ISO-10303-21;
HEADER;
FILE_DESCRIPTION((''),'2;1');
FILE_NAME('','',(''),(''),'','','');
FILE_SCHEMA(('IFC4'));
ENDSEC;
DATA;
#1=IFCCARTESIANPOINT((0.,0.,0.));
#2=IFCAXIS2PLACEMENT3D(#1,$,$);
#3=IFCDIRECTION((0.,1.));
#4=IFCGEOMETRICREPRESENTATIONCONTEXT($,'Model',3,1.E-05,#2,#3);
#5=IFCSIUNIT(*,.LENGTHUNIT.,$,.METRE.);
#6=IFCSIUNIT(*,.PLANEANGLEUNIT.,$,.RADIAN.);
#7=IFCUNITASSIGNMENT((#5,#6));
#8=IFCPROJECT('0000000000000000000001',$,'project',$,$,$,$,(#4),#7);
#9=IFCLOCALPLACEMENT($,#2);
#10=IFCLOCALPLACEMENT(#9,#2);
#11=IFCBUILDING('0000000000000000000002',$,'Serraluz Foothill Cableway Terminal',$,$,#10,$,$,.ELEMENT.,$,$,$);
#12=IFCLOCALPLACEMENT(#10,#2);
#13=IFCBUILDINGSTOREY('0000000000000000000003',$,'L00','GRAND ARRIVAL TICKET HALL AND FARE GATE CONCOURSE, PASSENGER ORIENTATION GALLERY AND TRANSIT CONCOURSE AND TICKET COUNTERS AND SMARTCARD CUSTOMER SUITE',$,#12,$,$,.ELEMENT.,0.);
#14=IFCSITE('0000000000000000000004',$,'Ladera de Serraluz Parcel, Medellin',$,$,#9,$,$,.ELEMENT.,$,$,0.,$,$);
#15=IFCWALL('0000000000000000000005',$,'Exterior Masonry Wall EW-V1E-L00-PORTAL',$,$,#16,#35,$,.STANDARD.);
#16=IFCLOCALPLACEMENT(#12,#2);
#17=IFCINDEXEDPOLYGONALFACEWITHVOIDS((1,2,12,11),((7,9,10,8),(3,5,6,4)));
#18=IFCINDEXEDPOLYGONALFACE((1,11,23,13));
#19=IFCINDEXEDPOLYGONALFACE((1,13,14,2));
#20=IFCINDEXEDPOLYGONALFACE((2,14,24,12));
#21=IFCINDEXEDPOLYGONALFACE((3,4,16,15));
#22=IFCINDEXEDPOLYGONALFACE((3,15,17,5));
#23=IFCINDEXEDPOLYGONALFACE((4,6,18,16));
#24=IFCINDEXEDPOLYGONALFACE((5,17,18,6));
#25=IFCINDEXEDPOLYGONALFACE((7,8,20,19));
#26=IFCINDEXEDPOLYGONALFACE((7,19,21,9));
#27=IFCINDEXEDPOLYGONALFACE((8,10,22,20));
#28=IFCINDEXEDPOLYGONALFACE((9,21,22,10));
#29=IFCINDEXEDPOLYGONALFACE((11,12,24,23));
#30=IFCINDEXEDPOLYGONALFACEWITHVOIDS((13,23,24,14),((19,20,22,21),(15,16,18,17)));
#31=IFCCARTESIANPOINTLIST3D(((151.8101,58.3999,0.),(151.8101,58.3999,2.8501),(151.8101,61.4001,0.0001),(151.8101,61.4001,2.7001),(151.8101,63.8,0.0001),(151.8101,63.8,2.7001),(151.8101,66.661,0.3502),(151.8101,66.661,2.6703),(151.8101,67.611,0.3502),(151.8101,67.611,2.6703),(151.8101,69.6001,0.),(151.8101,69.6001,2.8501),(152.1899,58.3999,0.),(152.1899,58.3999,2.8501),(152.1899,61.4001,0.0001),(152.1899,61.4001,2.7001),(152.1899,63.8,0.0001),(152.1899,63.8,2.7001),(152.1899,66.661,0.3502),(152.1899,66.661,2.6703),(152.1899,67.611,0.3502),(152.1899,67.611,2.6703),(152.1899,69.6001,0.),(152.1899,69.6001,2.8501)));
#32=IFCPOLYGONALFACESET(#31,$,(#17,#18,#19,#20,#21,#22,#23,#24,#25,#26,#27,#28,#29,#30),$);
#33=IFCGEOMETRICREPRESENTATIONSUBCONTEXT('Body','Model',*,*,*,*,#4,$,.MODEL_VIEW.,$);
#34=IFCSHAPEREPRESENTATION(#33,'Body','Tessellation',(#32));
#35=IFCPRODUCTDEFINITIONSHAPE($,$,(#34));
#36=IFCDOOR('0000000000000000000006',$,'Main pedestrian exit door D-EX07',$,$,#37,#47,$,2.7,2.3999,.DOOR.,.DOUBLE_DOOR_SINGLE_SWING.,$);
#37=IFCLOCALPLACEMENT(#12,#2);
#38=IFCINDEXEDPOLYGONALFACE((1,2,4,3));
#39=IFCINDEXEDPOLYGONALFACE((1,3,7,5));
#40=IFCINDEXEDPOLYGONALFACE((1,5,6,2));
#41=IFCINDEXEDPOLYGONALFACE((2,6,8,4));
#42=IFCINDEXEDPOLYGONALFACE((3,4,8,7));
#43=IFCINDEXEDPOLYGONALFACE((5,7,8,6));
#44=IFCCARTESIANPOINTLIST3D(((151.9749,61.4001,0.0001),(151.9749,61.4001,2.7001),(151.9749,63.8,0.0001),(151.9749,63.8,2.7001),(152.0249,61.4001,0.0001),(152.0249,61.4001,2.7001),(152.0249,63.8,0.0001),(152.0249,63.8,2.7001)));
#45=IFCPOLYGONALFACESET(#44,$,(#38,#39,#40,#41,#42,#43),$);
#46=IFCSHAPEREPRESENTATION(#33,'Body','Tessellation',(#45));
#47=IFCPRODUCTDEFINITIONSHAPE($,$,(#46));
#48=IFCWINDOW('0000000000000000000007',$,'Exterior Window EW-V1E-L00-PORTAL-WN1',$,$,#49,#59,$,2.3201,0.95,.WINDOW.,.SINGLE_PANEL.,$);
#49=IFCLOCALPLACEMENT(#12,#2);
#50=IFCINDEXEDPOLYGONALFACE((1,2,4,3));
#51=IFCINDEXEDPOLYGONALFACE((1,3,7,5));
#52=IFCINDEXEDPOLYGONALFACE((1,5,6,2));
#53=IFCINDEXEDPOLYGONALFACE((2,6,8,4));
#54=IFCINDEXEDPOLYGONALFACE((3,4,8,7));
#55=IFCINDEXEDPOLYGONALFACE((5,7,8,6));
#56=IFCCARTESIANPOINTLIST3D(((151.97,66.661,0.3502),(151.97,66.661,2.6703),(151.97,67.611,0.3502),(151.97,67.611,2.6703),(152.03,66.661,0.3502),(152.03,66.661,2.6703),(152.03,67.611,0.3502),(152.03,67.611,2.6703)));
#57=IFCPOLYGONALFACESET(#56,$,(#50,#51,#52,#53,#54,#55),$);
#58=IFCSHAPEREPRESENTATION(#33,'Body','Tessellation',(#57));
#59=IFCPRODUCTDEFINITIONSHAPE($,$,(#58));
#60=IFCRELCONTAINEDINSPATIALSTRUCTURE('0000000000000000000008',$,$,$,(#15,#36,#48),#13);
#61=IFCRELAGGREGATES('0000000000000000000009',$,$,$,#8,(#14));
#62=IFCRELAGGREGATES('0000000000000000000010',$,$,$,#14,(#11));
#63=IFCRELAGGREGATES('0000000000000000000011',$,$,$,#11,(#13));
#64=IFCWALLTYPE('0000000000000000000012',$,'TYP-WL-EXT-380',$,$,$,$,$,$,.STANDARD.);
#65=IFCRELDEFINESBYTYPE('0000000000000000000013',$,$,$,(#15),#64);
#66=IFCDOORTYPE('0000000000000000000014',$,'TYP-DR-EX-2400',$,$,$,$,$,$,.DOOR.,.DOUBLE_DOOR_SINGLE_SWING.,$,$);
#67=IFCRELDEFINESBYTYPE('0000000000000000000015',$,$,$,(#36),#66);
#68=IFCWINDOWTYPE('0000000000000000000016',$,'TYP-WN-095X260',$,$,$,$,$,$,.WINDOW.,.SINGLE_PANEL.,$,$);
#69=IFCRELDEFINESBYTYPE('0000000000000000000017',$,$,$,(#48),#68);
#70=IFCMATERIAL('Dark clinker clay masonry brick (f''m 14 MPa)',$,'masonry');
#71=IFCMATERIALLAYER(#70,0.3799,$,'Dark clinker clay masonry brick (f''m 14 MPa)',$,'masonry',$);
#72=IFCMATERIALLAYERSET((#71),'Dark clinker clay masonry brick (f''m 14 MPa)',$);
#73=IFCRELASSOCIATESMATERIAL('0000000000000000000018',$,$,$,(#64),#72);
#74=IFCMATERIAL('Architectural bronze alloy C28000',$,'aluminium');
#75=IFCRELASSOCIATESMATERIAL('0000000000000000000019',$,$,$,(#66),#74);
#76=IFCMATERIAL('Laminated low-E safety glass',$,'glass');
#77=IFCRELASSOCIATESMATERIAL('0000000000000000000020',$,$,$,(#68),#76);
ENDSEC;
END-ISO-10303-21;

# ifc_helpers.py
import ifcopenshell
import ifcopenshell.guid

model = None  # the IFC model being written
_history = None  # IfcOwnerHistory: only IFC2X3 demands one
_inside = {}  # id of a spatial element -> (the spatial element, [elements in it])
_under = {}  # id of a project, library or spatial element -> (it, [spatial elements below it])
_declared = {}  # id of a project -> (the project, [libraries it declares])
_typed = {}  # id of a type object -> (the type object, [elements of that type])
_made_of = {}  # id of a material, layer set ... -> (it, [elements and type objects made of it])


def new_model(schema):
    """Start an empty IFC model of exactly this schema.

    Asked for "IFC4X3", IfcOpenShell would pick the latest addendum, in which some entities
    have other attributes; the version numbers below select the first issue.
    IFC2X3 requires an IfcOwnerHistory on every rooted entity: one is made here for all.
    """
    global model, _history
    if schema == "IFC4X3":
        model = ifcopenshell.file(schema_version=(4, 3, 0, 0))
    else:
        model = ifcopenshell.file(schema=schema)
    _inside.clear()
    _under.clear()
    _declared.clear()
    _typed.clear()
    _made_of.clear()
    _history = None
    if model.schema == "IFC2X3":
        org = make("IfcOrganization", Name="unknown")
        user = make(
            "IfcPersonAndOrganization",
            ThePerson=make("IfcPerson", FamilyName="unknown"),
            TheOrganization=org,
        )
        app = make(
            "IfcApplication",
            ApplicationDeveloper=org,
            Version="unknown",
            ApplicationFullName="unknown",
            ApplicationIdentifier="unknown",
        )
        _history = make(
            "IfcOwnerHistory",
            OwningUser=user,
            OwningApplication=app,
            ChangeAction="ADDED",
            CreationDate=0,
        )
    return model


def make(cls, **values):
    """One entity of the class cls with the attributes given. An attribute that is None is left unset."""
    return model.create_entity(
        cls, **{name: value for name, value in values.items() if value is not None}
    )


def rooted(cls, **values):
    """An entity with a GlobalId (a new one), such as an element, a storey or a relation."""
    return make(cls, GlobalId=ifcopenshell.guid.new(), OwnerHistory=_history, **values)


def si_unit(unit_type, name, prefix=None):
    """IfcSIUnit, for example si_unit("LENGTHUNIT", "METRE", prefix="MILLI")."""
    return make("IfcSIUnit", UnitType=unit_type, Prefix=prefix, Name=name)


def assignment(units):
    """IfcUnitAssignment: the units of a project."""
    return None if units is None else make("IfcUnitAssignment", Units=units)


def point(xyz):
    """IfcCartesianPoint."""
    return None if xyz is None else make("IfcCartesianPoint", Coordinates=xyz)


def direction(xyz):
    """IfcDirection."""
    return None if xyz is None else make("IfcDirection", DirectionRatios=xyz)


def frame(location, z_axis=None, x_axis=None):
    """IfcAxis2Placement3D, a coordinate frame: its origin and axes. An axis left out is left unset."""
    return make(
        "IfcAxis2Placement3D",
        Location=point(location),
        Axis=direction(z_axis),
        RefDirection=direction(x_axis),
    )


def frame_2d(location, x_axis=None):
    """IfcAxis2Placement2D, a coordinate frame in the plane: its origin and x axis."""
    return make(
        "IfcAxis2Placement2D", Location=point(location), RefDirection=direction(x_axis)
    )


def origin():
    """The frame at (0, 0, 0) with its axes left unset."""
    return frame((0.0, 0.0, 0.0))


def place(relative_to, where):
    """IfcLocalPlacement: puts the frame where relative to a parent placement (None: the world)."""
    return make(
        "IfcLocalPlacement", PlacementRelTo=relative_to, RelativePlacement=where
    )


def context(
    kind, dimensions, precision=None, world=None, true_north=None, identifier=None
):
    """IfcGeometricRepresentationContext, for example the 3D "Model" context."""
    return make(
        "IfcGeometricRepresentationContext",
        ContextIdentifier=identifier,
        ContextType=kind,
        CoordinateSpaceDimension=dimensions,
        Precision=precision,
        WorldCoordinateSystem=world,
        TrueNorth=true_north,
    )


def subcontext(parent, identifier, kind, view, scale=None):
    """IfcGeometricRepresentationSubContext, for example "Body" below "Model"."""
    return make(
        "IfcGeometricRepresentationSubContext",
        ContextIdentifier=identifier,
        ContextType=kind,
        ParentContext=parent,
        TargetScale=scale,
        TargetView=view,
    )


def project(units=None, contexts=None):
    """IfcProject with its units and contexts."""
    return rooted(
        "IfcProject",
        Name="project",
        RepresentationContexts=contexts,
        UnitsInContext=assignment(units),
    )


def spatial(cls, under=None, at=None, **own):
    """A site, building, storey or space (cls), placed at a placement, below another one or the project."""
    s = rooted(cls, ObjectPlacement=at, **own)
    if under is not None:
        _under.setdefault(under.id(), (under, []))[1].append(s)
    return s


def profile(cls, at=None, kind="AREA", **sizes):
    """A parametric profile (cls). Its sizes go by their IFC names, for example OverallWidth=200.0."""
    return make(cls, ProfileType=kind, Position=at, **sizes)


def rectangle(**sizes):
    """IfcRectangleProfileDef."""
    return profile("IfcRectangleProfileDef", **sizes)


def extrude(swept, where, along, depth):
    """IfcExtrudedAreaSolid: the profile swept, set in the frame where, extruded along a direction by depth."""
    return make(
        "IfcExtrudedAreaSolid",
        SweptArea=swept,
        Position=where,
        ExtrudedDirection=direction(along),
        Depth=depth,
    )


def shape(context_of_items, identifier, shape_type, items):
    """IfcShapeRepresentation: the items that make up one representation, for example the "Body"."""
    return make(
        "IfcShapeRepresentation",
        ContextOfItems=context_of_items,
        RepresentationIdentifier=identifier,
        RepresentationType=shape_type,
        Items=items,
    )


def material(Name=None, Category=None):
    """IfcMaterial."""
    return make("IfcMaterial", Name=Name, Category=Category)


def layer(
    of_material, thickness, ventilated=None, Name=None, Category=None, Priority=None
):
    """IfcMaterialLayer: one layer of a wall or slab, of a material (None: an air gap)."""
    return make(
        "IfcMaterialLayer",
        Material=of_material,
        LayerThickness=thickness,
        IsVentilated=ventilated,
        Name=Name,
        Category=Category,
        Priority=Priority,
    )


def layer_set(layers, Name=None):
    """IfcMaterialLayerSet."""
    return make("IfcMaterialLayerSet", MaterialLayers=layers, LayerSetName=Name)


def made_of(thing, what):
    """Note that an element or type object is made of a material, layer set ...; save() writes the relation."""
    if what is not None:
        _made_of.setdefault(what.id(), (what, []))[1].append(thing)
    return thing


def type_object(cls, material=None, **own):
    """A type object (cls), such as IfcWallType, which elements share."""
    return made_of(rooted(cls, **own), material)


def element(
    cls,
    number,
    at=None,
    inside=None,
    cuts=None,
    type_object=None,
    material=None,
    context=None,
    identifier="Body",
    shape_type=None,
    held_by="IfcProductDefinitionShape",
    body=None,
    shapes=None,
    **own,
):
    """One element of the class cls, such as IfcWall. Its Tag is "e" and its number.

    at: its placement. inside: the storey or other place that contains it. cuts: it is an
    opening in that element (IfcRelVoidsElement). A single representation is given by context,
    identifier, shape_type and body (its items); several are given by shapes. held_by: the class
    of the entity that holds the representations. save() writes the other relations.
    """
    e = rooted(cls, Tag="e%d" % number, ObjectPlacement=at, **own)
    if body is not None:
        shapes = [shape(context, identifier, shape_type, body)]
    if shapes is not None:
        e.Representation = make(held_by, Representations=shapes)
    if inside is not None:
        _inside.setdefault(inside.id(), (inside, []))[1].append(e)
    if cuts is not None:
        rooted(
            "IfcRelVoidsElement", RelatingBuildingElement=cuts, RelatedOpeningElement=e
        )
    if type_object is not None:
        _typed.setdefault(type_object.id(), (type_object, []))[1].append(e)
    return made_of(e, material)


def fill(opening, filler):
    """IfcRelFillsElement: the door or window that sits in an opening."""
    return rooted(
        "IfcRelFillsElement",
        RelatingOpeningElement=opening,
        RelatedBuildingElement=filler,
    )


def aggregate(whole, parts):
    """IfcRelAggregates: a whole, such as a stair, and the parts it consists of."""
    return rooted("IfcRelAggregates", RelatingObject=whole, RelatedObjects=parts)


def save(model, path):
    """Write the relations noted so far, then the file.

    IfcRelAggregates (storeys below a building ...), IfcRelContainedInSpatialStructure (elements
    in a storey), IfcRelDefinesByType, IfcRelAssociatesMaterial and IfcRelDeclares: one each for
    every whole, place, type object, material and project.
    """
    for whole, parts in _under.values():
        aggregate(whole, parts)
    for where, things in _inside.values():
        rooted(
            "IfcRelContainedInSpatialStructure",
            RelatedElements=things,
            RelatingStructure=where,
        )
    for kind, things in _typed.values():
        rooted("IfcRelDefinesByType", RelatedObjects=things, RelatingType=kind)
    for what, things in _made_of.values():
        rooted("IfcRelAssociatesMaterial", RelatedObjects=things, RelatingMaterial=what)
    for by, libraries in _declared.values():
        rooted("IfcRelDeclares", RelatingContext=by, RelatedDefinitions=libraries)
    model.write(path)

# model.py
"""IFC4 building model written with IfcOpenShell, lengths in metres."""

from ifc_helpers import new_model, si_unit, direction, frame, frame_2d, origin, place, context, subcontext, project, spatial, rectangle, extrude, material, layer, layer_set, type_object, element, fill, save


model = new_model("IFC4")

# Units and contexts
model_context = context("Model", 3, precision=1e-05, world=origin(), true_north=direction((0.0, 1.0)))
body_context = subcontext(model_context, "Body", "Model", "MODEL_VIEW")
ifc_project = project(units=[si_unit("LENGTHUNIT", "METRE"), si_unit("PLANEANGLEUNIT", "RADIAN")], contexts=[model_context])

# Site, building, storey
site_placement = place(None, origin())
site = spatial("IfcSite", under=ifc_project, at=site_placement, Name="Ladera de Serraluz Parcel, Medellin", CompositionType="ELEMENT", RefElevation=0.0)
building_placement = place(site_placement, origin())
building = spatial("IfcBuilding", under=site, at=building_placement, Name="Serraluz Foothill Cableway Terminal", CompositionType="ELEMENT")
storey_placement = place(building_placement, origin())
storey = spatial("IfcBuildingStorey", under=building, at=storey_placement, Name="L00", Description="GRAND ARRIVAL TICKET HALL AND FARE GATE CONCOURSE, PASSENGER ORIENTATION GALLERY AND TRANSIT CONCOURSE AND TICKET COUNTERS AND SMARTCARD CUSTOMER SUITE", CompositionType="ELEMENT", Elevation=0.0)

# Shared definitions
ifc_material_1 = material(Name="Dark clinker clay masonry brick (f'm 14 MPa)", Category="masonry")
ifc_layer = layer(ifc_material_1, 0.3799, Name="Dark clinker clay masonry brick (f'm 14 MPa)", Category="masonry")
ifc_layer_set = layer_set([ifc_layer], Name="Dark clinker clay masonry brick (f'm 14 MPa)")
wall_type = type_object("IfcWallType", Name="TYP-WL-EXT-380", PredefinedType="STANDARD", material=ifc_layer_set)
ifc_material_2 = material(Name="Laminated low-E safety glass", Category="glass")

# Wall, openings, door, window
wall_1_placement = place(storey_placement, frame((152.0, 69.6001, 0.0), z_axis=(0.0, 0.0, 1.0), x_axis=(0.0, -1.0, 0.0)))
wall_1 = element("IfcWall", 1, at=wall_1_placement, inside=storey, type_object=wall_type, Name="Exterior Masonry Wall EW-V1E-L00-PORTAL", PredefinedType="STANDARD", context=body_context, shape_type="SweptSolid", body=[
    extrude(rectangle(XDim=11.2002, YDim=0.3799, at=frame_2d((5.6001, 0.0))), origin(), (0.0, 0.0, 1.0), 2.8501),
])
opening_1_placement = place(wall_1_placement, frame((1.989, 0.0, 0.3501)))
opening_1 = element("IfcOpeningElement", 2, at=opening_1_placement, cuts=wall_1, PredefinedType="OPENING", context=body_context, shape_type="SweptSolid", body=[
    extrude(rectangle(XDim=0.95, YDim=2.3201, at=frame_2d((0.4751, 1.1602))), frame((0.0, 0.2, 0.0), z_axis=(0.0, -1.0, 0.0), x_axis=(1.0, 0.0, 0.0)), (0.0, 0.0, 1.0), 0.3999),
])
opening_2_placement = place(wall_1_placement, frame((5.8, 0.0, 0.0)))
opening_2 = element("IfcOpeningElement", 3, at=opening_2_placement, cuts=wall_1, PredefinedType="OPENING", context=body_context, shape_type="SweptSolid", body=[
    extrude(rectangle(XDim=2.3999, YDim=2.7, at=frame_2d((1.2, 1.3501))), frame((0.0, 0.2, 0.0), z_axis=(0.0, -1.0, 0.0), x_axis=(1.0, 0.0, 0.0)), (0.0, 0.0, 1.0), 0.3999),
])
ifc_material_3 = material(Name="Architectural bronze alloy C28000", Category="aluminium")
door_type = type_object("IfcDoorType", Name="TYP-DR-EX-2400", OperationType="DOUBLE_DOOR_SINGLE_SWING", PredefinedType="DOOR", material=ifc_material_3)
door_placement = place(opening_2_placement, origin())
door = element("IfcDoor", 4, at=door_placement, inside=storey, type_object=door_type, Name="Main pedestrian exit door D-EX07", OperationType="DOUBLE_DOOR_SINGLE_SWING", OverallHeight=2.7, OverallWidth=2.3999, PredefinedType="DOOR", context=body_context, shape_type="SweptSolid", body=[
    extrude(rectangle(XDim=2.3999, YDim=2.7, at=frame_2d((1.2, 1.3501))), frame((0.0, 0.0249, 0.0), z_axis=(0.0, -1.0, 0.0), x_axis=(1.0, 0.0, 0.0)), (0.0, 0.0, 1.0), 0.05),
])
fill(opening_2, door)
window_type_1 = type_object("IfcWindowType", Name="TYP-WN-095X260", PartitioningType="SINGLE_PANEL", PredefinedType="WINDOW", material=ifc_material_2)
window_1_placement = place(opening_1_placement, origin())
window_1 = element("IfcWindow", 5, at=window_1_placement, inside=storey, type_object=window_type_1, Name="Exterior Window EW-V1E-L00-PORTAL-WN1", OverallHeight=2.3201, OverallWidth=0.95, PartitioningType="SINGLE_PANEL", PredefinedType="WINDOW", context=body_context, shape_type="SweptSolid", body=[
    extrude(rectangle(XDim=0.95, YDim=2.3201, at=frame_2d((0.4751, 1.1602))), frame((0.0, 0.03, 0.0), z_axis=(0.0, -1.0, 0.0), x_axis=(1.0, 0.0, 0.0)), (0.0, 0.0, 1.0), 0.0601),
])
fill(opening_1, window_1)

save(model, "model.ifc")
